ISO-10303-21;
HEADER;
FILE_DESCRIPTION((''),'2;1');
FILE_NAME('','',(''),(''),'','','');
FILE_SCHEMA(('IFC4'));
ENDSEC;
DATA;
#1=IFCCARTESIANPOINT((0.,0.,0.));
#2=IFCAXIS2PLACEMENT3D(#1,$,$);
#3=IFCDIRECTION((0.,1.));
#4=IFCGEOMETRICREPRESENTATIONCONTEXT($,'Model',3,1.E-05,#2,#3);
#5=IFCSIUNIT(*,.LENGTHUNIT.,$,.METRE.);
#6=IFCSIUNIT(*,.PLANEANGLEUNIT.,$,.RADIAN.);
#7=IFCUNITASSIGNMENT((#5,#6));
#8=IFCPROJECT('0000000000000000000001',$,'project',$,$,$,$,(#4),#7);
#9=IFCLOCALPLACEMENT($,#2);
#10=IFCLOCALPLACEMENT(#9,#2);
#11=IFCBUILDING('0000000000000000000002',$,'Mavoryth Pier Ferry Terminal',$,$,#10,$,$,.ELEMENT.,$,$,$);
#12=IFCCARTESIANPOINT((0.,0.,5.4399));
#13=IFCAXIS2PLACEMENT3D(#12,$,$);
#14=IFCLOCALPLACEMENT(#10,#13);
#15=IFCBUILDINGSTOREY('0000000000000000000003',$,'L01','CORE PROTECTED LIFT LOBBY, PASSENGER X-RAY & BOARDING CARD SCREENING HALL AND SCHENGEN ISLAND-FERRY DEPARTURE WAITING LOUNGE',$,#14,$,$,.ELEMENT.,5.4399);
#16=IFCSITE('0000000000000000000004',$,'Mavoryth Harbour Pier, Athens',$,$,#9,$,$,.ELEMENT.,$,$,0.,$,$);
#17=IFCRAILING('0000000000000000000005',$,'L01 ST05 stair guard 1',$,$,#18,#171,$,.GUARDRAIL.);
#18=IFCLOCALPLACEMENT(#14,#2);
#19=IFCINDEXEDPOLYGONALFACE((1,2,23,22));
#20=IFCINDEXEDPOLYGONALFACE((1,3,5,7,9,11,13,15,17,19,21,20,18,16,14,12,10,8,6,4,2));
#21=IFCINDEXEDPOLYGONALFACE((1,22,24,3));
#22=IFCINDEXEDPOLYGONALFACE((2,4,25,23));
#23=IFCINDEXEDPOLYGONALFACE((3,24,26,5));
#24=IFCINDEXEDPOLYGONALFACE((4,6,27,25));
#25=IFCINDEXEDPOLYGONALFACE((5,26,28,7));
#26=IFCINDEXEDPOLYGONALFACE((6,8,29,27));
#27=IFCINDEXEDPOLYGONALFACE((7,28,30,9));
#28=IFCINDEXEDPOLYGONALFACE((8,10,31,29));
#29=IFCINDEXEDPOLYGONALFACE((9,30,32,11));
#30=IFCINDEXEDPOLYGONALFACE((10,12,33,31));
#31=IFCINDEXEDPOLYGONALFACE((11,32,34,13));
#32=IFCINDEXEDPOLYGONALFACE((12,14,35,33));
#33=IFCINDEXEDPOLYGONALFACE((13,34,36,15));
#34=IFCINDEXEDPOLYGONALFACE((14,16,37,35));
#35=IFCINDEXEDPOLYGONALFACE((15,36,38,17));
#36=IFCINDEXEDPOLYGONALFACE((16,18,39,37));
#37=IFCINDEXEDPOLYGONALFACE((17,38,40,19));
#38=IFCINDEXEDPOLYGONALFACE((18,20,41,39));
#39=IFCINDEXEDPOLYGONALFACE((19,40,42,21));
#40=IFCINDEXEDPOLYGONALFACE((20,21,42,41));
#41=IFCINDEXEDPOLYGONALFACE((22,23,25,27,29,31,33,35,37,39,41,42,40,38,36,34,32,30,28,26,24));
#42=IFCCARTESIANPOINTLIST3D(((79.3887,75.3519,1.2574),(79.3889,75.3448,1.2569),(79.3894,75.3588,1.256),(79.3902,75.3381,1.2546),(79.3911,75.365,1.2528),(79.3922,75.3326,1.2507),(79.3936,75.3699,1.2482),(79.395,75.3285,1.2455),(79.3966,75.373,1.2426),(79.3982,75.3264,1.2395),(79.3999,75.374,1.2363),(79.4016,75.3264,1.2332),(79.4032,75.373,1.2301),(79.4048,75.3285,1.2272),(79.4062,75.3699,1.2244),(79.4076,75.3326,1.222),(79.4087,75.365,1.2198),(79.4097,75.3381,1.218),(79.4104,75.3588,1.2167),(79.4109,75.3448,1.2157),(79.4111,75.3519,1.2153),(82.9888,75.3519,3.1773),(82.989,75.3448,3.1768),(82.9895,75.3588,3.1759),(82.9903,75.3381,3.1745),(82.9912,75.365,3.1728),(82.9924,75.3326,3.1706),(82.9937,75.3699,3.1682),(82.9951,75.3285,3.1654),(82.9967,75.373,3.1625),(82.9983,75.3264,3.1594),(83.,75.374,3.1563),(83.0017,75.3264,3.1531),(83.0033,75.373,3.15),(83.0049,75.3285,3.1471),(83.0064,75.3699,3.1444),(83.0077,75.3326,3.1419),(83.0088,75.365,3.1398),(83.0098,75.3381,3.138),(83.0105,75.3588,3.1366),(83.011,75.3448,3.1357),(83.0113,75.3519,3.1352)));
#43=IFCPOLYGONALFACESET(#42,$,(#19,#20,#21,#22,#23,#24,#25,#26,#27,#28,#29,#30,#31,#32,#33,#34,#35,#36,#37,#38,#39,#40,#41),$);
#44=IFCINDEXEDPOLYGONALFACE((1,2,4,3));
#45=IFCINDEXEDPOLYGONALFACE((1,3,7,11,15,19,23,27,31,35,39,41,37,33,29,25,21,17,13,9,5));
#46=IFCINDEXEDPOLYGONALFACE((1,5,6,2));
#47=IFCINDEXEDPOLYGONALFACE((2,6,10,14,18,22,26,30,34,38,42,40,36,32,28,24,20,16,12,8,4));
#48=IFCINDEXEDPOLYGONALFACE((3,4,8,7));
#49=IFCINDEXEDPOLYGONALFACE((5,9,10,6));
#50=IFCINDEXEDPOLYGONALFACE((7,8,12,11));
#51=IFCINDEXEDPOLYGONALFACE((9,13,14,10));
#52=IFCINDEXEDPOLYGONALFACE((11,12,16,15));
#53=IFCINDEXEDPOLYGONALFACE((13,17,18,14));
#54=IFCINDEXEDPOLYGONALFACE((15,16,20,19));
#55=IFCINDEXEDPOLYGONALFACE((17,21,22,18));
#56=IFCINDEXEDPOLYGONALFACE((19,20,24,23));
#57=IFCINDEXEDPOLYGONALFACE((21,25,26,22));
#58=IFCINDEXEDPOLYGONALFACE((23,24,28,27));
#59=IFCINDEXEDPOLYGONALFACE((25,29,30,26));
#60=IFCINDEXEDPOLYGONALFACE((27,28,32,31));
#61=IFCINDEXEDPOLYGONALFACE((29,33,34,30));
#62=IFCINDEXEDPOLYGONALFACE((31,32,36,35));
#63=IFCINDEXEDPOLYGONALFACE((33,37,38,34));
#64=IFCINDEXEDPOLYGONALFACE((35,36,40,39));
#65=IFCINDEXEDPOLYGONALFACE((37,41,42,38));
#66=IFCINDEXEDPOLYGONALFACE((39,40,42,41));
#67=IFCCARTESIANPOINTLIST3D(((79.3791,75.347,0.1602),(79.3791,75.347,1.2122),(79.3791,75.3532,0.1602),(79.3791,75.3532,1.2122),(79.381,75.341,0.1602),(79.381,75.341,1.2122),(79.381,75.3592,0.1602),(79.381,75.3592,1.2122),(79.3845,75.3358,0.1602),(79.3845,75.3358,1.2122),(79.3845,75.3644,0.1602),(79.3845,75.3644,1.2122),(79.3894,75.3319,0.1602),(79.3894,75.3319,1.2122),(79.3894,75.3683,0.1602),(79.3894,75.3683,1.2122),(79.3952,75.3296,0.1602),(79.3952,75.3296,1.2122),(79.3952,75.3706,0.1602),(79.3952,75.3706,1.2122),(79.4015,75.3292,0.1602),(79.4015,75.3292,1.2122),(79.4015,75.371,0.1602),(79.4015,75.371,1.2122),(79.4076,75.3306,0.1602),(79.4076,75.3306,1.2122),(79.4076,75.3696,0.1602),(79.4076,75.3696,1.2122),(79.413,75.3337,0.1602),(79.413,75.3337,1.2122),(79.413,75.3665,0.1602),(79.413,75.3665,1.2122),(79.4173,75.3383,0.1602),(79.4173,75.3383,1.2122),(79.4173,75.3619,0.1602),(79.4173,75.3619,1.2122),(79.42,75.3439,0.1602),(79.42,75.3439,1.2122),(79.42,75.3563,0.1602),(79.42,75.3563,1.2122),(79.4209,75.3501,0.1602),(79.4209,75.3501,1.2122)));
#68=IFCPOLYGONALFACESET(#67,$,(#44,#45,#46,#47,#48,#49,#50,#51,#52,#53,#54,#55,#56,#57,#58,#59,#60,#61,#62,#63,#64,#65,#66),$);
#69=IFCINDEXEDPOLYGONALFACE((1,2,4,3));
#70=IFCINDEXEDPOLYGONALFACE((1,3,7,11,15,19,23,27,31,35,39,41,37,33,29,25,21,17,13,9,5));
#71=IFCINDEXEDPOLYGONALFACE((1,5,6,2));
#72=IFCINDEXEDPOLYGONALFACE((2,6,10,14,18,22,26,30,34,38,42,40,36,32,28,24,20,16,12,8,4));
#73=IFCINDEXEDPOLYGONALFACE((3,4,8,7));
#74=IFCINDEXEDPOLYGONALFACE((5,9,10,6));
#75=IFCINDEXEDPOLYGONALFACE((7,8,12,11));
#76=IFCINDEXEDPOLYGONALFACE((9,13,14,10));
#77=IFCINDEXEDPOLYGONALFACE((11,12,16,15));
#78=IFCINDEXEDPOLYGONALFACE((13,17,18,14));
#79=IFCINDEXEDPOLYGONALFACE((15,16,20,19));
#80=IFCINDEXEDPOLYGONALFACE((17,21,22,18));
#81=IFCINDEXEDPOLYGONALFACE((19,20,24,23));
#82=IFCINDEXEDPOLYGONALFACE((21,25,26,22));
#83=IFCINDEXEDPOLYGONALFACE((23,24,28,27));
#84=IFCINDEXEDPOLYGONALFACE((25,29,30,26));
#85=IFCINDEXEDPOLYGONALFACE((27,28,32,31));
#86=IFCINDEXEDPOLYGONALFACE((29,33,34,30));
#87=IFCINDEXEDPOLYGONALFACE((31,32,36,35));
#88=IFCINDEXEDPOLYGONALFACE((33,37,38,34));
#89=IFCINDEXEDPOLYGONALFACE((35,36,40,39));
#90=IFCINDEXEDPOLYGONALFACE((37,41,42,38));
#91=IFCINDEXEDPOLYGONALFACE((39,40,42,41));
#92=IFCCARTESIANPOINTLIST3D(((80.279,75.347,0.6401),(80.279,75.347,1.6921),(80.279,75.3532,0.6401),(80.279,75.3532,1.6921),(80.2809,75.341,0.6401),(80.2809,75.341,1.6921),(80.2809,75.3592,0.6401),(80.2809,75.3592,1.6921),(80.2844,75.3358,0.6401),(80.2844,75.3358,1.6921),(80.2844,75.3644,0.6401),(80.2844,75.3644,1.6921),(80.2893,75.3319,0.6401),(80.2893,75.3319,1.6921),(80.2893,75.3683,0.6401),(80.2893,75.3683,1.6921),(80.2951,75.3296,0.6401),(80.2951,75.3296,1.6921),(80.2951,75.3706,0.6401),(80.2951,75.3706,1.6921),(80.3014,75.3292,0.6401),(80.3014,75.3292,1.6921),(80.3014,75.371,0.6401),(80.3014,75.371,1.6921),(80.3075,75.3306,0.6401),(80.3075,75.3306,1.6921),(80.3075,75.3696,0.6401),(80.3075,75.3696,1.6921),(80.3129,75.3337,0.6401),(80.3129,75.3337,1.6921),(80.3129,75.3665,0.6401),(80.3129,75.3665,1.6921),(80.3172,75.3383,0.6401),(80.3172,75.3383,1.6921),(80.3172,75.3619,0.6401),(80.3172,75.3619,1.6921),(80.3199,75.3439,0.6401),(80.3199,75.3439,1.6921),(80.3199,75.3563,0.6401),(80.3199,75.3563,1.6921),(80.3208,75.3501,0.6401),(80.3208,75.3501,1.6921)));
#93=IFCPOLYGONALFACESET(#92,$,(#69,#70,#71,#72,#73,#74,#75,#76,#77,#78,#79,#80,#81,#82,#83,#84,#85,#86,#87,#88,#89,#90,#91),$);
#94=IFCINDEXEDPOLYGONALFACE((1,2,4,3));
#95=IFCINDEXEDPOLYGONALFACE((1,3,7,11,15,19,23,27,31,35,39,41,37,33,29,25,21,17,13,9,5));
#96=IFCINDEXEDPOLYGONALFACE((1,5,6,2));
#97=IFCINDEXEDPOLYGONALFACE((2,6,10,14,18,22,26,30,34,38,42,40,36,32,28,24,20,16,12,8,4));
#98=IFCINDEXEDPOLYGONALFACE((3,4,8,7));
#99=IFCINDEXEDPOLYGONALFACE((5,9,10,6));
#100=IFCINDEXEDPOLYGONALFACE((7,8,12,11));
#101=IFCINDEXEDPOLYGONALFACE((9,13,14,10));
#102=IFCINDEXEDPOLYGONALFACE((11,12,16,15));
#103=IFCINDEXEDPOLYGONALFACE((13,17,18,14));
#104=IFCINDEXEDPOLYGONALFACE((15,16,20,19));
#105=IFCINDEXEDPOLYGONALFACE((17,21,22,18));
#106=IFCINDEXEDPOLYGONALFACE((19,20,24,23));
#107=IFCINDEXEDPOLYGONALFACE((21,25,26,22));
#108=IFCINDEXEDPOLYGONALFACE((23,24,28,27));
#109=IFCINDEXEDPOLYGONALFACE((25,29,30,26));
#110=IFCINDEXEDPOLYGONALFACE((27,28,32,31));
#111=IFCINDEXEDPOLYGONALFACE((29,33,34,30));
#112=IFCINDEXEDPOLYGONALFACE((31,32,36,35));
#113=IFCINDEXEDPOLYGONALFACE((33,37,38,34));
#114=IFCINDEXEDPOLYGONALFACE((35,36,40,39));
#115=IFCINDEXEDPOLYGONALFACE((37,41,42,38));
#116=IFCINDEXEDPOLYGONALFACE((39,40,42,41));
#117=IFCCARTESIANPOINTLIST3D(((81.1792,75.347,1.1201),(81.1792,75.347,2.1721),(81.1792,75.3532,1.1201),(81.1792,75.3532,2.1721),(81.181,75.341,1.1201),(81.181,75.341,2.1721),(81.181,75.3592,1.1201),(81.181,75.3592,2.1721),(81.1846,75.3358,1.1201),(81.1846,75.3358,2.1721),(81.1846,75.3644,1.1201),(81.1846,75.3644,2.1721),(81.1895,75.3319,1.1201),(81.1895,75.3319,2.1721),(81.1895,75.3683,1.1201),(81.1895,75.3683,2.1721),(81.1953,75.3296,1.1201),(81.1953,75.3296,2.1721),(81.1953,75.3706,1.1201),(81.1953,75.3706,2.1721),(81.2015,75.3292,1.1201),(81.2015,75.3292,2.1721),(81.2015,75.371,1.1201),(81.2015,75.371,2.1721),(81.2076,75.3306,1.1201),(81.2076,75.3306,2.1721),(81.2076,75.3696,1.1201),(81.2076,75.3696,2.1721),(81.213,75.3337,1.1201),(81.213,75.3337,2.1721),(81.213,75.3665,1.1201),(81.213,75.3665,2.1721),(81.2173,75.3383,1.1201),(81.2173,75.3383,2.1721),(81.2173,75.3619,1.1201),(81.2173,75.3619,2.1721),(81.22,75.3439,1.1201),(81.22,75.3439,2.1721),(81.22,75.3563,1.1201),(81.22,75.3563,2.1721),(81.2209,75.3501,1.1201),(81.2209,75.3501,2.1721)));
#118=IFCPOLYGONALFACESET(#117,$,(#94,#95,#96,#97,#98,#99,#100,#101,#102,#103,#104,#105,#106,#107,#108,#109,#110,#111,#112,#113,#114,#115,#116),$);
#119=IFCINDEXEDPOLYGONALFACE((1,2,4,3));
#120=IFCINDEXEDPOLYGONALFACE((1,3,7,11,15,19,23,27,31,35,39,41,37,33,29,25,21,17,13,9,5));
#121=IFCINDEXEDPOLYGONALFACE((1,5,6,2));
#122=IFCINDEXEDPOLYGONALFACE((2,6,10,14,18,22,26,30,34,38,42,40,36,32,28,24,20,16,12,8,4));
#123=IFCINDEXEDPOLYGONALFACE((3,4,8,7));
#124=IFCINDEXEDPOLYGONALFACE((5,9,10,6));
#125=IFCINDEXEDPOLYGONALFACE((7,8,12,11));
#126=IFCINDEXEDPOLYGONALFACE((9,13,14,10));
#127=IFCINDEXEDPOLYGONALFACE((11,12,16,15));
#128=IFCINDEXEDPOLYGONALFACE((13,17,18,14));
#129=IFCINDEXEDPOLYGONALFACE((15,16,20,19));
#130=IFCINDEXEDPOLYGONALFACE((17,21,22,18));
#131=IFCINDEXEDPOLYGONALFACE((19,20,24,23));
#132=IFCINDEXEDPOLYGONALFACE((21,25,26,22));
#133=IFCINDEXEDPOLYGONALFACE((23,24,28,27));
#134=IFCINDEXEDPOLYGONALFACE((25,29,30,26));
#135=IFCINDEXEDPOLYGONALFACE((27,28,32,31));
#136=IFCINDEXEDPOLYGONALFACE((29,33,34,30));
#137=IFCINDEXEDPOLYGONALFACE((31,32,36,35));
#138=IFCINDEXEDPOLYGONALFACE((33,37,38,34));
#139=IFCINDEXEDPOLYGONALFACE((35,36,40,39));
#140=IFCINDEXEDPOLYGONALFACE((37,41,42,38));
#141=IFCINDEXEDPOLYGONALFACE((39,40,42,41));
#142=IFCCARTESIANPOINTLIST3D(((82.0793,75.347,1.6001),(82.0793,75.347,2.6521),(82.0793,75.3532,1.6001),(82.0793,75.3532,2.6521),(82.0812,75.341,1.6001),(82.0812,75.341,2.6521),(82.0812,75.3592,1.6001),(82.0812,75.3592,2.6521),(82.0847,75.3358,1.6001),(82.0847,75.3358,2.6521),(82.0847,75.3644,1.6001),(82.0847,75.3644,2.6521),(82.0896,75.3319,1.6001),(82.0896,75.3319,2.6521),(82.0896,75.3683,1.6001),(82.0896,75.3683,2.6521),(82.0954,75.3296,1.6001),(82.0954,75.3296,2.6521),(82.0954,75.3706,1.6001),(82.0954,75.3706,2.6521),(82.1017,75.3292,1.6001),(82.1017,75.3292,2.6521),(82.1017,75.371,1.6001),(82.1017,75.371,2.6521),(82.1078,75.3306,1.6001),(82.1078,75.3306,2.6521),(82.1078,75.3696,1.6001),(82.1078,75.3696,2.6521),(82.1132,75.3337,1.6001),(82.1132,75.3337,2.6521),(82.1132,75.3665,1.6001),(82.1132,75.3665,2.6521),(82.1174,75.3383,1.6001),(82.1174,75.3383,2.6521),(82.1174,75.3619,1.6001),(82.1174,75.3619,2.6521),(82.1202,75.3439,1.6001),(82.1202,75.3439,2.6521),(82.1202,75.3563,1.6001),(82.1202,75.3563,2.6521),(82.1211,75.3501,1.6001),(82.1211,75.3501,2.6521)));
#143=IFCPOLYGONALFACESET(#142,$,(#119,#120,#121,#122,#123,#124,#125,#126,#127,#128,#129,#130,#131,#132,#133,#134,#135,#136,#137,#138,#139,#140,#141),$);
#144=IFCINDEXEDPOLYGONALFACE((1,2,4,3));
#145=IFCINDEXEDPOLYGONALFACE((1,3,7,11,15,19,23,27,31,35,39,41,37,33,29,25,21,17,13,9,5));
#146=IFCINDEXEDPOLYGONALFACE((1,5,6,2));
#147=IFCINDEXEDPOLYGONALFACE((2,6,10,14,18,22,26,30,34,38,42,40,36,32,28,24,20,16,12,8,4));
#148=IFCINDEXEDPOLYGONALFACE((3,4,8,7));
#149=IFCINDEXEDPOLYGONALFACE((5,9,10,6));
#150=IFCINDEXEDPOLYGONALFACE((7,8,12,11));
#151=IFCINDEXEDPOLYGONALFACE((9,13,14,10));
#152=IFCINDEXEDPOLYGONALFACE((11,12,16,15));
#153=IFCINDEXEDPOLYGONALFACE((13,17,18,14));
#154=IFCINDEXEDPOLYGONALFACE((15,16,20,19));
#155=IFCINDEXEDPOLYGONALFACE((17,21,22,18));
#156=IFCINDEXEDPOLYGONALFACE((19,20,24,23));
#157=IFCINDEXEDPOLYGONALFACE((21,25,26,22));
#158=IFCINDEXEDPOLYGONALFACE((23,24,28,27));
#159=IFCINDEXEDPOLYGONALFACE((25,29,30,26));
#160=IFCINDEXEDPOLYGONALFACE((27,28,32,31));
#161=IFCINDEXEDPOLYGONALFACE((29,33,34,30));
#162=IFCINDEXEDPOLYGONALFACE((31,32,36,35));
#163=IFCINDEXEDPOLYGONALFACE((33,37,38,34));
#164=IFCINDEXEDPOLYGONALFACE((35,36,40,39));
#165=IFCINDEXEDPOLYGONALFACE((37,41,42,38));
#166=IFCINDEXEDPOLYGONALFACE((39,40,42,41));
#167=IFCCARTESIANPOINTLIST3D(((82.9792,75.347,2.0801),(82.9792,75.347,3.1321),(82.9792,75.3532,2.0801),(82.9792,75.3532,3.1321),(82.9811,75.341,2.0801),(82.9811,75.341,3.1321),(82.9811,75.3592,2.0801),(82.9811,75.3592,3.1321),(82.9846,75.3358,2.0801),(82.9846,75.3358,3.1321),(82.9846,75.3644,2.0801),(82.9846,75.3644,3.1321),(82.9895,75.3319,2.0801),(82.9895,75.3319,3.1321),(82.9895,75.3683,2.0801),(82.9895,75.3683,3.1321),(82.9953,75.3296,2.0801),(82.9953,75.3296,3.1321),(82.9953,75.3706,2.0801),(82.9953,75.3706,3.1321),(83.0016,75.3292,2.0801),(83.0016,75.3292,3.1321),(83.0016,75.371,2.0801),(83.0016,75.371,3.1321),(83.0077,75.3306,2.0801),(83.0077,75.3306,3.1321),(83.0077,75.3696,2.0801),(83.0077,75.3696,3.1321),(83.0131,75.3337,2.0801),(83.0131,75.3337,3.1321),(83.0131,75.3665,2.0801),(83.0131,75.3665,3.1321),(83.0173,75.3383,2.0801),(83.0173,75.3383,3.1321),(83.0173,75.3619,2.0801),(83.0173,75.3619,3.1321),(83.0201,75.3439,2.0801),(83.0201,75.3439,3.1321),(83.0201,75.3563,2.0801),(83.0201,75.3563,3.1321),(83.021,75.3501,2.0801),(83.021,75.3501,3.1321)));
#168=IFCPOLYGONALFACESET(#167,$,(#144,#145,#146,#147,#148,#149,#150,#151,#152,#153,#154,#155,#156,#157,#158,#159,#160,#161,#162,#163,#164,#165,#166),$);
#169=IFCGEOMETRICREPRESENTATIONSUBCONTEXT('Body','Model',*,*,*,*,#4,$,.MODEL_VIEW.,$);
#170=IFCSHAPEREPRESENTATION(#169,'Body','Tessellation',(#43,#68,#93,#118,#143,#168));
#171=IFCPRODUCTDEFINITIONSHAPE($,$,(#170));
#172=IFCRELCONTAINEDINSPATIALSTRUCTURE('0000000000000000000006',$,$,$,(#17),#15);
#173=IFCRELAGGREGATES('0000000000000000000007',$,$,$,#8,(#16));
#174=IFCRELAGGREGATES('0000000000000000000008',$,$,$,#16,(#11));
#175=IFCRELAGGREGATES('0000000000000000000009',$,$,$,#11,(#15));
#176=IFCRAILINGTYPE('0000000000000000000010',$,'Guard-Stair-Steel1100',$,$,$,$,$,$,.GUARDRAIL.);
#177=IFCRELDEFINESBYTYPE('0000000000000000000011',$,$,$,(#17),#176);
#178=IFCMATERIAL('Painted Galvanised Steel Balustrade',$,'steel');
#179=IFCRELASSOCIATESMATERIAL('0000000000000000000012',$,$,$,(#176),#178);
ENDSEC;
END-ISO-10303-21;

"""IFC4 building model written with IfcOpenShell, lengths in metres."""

from ifc_helpers import new_model, si_unit, direction, frame, origin, origin_2d, place, context, subcontext, project, spatial, circle, extrude, material, type_object, element, save


model = new_model("IFC4")

# Units and contexts
model_context = context("Model", 3, precision=1e-05, world=origin(), true_north=direction((0.0, 1.0)))
body_context = subcontext(model_context, "Body", "Model", "MODEL_VIEW")
ifc_project = project(units=[si_unit("LENGTHUNIT", "METRE"), si_unit("PLANEANGLEUNIT", "RADIAN")], contexts=[model_context])

# Site, building, storey
site_placement = place(None, origin())
site = spatial("IfcSite", under=ifc_project, at=site_placement, Name="Mavoryth Harbour Pier, Athens", CompositionType="ELEMENT", RefElevation=0.0)
building_placement = place(site_placement, origin())
building = spatial("IfcBuilding", under=site, at=building_placement, Name="Mavoryth Pier Ferry Terminal", CompositionType="ELEMENT")
storey_placement = place(building_placement, frame((0.0, 0.0, 5.4399)))
storey = spatial("IfcBuildingStorey", under=building, at=storey_placement, Name="L01", Description="CORE PROTECTED LIFT LOBBY, PASSENGER X-RAY & BOARDING CARD SCREENING HALL AND SCHENGEN ISLAND-FERRY DEPARTURE WAITING LOUNGE", CompositionType="ELEMENT", Elevation=5.4399)

# Railing
ifc_material_1 = material(Name="Painted Galvanised Steel Balustrade", Category="steel")
railing_type_1 = type_object("IfcRailingType", Name="Guard-Stair-Steel1100", PredefinedType="GUARDRAIL", material=ifc_material_1)
railing_1_placement = place(storey_placement, frame((79.3999, 75.3501, 0.1602)))
element("IfcRailing", 1, at=railing_1_placement, inside=storey, type_object=railing_type_1, Name="L01 ST05 stair guard 1", PredefinedType="GUARDRAIL", context=body_context, shape_type="SweptSolid", body=[
    extrude(circle(Radius=0.0239, at=origin_2d()), frame((0.0, 0.0, 1.0762), z_axis=(0.882366, 0.0, 0.470563), x_axis=(0.0, 1.0, 0.0)), (0.0, 0.0, 1.0), 4.0801),
    extrude(circle(Radius=0.021, at=origin_2d()), origin(), (0.0, 0.0, 1.0), 1.052),
    extrude(circle(Radius=0.021, at=origin_2d()), frame((0.8999, 0.0, 0.48)), (0.0, 0.0, 1.0), 1.052),
    extrude(circle(Radius=0.021, at=origin_2d()), frame((1.8, 0.0, 0.96)), (0.0, 0.0, 1.0), 1.052),
    extrude(circle(Radius=0.021, at=origin_2d()), frame((2.7002, 0.0, 1.4399)), (0.0, 0.0, 1.0), 1.052),
    extrude(circle(Radius=0.021, at=origin_2d()), frame((3.6001, 0.0, 1.9199)), (0.0, 0.0, 1.0), 1.052),
])

save(model, "model.ifc")
